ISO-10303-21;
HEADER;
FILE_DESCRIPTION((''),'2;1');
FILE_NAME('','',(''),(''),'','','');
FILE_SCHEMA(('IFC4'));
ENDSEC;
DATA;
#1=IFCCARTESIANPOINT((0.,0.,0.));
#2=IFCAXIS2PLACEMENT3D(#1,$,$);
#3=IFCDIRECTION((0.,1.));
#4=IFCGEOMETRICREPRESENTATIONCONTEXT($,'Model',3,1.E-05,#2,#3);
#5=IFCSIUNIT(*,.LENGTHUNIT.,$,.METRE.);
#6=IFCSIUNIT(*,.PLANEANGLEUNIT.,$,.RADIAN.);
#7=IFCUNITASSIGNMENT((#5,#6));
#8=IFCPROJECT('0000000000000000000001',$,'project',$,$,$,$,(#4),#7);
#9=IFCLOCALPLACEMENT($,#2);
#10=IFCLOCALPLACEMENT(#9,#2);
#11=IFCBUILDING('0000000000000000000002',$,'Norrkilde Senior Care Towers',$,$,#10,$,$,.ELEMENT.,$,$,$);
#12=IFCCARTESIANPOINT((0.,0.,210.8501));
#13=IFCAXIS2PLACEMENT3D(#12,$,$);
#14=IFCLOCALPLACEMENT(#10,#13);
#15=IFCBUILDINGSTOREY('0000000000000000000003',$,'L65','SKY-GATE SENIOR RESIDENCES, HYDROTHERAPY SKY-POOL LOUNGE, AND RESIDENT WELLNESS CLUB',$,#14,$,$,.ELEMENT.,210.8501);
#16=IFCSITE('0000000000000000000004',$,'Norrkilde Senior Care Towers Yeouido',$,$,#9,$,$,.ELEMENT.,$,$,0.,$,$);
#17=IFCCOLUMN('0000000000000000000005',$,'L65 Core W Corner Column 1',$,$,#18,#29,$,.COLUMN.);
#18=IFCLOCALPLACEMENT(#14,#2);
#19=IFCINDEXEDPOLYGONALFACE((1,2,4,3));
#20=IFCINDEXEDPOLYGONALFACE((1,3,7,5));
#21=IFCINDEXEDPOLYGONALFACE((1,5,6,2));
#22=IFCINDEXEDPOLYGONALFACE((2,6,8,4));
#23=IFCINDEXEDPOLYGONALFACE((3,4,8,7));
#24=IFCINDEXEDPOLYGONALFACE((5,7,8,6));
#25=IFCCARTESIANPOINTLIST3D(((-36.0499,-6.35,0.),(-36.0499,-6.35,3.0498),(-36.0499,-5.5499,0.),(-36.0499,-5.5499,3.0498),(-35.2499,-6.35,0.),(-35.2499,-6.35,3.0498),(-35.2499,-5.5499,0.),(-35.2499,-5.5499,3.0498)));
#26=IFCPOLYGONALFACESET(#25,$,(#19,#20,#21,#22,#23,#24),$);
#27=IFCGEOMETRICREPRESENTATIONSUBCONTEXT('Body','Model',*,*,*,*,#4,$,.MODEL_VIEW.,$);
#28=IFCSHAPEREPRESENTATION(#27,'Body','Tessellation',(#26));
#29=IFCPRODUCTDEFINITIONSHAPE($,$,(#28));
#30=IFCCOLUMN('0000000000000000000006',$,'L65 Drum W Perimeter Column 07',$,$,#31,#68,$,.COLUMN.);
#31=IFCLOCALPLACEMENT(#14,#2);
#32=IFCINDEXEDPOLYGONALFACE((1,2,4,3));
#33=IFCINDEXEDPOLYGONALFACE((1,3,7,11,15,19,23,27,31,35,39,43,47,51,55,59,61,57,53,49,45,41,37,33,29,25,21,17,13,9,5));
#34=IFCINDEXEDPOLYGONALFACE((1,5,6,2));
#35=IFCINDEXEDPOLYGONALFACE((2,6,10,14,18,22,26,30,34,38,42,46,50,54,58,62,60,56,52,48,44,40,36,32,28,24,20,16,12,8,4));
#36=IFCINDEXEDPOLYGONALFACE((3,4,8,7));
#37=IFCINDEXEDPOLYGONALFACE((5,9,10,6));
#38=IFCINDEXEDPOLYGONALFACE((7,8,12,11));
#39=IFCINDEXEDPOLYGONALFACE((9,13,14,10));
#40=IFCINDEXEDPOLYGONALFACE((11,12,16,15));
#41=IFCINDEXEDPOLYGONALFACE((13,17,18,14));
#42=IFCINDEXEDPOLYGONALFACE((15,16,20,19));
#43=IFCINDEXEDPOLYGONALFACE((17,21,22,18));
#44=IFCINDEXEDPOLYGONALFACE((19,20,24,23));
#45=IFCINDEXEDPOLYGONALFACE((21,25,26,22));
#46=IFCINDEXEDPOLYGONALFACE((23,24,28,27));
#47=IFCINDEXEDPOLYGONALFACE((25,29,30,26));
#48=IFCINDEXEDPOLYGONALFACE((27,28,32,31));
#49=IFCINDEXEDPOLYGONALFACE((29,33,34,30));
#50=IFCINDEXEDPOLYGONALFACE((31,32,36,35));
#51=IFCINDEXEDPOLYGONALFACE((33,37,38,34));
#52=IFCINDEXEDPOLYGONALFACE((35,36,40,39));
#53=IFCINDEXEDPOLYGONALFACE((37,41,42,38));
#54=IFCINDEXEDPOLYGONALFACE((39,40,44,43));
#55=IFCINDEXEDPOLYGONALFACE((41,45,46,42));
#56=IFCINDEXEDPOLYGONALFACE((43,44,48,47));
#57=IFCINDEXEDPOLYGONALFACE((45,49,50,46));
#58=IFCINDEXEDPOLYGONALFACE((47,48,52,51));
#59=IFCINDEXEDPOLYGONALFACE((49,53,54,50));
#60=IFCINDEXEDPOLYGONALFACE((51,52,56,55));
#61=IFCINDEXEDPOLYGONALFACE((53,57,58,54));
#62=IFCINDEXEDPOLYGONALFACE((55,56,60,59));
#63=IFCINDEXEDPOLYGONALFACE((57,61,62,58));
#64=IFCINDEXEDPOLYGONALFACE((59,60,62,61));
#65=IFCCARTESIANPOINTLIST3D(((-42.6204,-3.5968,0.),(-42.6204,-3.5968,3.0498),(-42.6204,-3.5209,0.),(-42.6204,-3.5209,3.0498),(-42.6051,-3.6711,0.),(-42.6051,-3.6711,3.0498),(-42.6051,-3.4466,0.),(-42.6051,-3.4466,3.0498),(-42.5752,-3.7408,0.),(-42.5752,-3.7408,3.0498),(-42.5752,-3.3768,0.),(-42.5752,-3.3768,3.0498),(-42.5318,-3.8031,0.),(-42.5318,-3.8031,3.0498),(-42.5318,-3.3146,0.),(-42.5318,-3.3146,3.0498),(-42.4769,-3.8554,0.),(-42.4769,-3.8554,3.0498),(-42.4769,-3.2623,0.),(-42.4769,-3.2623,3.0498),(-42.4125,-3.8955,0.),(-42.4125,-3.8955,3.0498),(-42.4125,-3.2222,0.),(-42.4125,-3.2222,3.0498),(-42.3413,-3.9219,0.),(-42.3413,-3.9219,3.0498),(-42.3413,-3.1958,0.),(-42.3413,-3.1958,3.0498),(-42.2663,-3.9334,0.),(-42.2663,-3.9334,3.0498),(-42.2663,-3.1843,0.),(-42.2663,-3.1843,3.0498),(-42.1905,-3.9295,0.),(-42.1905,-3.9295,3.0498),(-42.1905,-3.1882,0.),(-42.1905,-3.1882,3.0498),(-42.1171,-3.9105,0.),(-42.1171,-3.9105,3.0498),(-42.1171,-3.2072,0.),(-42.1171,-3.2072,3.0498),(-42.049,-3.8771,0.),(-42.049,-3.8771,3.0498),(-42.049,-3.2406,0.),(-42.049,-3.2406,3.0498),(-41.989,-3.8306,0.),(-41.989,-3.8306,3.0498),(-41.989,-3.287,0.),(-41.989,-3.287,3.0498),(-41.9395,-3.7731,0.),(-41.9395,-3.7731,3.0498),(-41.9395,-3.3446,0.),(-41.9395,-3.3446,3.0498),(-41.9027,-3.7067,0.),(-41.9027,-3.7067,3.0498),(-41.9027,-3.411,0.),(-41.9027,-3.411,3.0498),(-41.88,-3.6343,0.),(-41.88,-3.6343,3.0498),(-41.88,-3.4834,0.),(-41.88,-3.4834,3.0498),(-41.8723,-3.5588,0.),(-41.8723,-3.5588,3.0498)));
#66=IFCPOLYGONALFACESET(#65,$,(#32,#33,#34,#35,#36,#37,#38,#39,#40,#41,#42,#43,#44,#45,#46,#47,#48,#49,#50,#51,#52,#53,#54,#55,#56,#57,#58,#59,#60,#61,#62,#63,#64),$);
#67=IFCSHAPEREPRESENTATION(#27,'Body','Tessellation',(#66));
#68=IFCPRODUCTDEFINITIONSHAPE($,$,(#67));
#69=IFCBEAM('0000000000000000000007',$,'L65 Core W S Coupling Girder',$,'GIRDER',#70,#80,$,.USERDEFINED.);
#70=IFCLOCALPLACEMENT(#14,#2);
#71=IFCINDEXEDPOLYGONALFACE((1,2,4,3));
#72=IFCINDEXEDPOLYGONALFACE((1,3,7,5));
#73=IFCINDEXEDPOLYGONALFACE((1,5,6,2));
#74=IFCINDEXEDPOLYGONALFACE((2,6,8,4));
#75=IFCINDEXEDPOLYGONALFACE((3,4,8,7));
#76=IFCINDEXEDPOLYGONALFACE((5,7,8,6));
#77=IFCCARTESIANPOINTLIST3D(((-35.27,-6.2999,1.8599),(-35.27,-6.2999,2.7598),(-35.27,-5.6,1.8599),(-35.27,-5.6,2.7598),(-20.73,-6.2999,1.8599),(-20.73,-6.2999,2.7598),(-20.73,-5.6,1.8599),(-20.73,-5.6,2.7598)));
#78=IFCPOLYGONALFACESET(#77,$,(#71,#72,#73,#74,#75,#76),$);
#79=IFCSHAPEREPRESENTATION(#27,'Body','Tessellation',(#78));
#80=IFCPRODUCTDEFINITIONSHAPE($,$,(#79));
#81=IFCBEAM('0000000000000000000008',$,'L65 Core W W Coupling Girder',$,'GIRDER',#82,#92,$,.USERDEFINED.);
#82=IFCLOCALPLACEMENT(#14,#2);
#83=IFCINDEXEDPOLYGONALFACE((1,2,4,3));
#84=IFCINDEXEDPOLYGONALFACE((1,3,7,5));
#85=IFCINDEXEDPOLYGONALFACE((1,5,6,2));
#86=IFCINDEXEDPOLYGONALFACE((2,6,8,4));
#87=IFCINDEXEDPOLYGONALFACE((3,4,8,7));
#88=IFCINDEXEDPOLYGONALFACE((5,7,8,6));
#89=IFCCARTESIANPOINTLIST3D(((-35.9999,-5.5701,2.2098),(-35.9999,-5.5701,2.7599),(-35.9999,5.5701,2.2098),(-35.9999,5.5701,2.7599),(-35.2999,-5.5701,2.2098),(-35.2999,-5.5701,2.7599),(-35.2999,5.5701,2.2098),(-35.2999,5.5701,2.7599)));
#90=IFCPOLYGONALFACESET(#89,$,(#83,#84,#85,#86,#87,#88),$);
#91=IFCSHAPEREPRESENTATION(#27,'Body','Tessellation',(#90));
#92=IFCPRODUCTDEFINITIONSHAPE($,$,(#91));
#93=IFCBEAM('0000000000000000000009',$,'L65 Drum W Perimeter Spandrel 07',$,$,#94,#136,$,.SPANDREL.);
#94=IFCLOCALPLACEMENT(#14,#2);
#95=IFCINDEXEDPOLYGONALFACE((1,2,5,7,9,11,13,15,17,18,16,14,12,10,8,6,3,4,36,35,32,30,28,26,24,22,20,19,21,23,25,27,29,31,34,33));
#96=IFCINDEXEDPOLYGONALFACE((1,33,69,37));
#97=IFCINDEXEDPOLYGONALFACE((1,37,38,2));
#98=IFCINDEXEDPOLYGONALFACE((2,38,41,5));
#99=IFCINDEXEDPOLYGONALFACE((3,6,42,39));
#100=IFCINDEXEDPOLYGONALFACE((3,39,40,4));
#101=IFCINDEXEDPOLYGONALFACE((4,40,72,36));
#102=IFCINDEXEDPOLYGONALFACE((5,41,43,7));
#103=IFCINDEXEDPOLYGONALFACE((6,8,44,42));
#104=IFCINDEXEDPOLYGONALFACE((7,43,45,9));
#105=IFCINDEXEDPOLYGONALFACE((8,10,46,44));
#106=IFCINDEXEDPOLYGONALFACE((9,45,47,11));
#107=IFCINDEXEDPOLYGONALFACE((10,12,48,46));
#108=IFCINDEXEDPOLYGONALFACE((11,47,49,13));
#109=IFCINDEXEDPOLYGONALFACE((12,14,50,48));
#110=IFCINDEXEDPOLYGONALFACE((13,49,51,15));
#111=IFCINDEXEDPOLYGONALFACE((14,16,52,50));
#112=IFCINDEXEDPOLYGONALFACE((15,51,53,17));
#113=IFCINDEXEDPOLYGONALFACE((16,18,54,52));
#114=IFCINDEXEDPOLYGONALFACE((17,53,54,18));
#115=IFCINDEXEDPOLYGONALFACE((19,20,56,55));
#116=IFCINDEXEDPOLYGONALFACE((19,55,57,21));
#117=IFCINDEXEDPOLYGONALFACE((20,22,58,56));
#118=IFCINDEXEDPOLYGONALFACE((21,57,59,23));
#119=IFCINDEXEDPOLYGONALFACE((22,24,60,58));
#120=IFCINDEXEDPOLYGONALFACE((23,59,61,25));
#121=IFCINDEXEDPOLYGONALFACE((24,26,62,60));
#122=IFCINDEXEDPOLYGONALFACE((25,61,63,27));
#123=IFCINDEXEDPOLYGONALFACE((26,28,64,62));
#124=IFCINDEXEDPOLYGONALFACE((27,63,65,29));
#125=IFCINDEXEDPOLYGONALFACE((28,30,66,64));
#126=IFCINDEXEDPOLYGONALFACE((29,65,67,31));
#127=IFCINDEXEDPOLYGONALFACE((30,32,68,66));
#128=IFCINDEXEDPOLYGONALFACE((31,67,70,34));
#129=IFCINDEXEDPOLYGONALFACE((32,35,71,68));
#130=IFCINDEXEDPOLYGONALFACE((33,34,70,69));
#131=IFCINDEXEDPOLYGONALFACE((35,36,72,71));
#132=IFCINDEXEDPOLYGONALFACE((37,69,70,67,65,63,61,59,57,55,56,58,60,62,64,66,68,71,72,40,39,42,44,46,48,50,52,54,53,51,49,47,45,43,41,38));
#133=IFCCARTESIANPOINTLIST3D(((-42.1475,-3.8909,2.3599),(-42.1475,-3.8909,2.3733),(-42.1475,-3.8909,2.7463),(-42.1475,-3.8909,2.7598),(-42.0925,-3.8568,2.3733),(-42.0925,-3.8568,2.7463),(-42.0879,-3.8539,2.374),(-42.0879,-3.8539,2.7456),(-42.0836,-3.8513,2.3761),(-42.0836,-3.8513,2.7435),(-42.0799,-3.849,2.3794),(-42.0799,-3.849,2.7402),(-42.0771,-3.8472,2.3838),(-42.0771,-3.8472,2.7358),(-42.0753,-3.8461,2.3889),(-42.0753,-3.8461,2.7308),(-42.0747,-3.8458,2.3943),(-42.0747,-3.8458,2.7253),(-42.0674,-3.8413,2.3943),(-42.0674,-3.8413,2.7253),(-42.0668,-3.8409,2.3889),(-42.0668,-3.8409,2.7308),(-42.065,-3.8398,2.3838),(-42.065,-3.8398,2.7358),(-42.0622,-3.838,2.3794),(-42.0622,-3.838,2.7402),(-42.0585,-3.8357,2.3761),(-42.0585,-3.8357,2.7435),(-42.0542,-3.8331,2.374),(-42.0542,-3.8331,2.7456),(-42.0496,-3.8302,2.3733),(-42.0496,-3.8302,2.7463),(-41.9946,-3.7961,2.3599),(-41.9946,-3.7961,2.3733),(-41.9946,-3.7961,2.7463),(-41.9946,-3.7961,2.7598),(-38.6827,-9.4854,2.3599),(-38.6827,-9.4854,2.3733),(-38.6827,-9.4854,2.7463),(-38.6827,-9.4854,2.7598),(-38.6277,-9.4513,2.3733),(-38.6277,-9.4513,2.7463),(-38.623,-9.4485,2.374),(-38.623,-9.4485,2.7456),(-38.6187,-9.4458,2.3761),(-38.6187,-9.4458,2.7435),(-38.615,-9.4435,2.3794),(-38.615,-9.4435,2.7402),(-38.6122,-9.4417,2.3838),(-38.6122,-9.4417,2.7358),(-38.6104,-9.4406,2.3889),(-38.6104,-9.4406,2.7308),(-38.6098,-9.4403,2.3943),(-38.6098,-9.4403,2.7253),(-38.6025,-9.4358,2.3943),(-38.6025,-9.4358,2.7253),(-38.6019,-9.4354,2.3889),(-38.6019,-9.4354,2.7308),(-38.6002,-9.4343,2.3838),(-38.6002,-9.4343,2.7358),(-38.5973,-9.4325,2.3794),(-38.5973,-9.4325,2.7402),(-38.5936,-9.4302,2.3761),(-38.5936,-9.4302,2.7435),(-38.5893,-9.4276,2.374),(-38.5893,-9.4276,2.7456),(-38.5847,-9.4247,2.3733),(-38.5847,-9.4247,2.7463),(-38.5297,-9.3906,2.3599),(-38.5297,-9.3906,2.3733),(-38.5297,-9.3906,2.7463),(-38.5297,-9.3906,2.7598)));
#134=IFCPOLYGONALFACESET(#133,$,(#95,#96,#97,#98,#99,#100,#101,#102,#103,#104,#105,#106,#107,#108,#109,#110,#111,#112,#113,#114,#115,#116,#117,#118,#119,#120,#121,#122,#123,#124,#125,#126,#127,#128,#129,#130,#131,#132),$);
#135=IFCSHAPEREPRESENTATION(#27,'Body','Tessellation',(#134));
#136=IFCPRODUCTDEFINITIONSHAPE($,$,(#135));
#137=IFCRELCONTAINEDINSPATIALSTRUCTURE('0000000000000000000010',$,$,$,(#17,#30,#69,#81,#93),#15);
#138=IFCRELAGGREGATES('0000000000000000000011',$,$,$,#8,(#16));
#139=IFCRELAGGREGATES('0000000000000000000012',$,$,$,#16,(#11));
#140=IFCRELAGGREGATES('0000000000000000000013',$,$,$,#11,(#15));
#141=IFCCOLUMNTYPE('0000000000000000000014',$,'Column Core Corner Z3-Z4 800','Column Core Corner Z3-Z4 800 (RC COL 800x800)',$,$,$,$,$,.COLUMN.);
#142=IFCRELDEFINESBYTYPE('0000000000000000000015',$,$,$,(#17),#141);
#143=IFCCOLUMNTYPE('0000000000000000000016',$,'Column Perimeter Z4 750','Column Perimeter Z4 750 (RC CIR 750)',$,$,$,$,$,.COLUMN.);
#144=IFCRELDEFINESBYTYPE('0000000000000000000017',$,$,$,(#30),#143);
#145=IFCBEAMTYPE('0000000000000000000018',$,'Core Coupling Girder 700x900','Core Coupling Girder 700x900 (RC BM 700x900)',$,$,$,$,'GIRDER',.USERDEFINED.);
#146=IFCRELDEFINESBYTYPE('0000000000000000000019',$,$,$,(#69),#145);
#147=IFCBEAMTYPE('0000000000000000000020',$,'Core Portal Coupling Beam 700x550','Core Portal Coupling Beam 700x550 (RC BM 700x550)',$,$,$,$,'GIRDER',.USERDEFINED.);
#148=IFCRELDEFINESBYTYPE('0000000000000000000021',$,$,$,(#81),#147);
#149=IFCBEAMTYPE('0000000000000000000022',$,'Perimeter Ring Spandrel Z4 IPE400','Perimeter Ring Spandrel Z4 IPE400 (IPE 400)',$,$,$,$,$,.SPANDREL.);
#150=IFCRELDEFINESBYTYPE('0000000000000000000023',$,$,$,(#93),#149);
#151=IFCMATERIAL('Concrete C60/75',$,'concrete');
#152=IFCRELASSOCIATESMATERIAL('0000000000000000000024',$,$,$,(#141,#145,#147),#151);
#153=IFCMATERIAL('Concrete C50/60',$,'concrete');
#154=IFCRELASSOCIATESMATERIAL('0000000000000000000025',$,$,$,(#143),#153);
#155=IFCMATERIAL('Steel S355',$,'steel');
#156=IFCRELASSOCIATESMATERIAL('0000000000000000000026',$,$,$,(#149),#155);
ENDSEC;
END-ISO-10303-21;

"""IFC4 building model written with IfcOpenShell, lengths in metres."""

from ifc_helpers import new_model, si_unit, direction, frame, origin, origin_2d, place, context, subcontext, project, spatial, rectangle, circle, i_section, extrude, source, transform, mapped, material, material_profile, profile_set, type_object, type_shapes, element, save


model = new_model("IFC4")

# Units and contexts
model_context = context("Model", 3, precision=1e-05, world=origin(), true_north=direction((0.0, 1.0)))
body_context = subcontext(model_context, "Body", "Model", "MODEL_VIEW")
ifc_project = project(units=[si_unit("LENGTHUNIT", "METRE"), si_unit("PLANEANGLEUNIT", "RADIAN")], contexts=[model_context])

# Site, building, storey
site_placement = place(None, origin())
site = spatial("IfcSite", under=ifc_project, at=site_placement, Name="Norrkilde Senior Care Towers Yeouido", CompositionType="ELEMENT", RefElevation=0.0)
building_placement = place(site_placement, origin())
building = spatial("IfcBuilding", under=site, at=building_placement, Name="Norrkilde Senior Care Towers", CompositionType="ELEMENT")
storey_placement = place(building_placement, frame((0.0, 0.0, 210.8501)))
storey = spatial("IfcBuildingStorey", under=building, at=storey_placement, Name="L65", Description="SKY-GATE SENIOR RESIDENCES, HYDROTHERAPY SKY-POOL LOUNGE, AND RESIDENT WELLNESS CLUB", CompositionType="ELEMENT", Elevation=210.8501)

# Columns
ifc_material_1 = material(Name="Concrete C60/75", Category="concrete")
ifc_material_profile_1 = material_profile(ifc_material_1, rectangle(XDim=0.8, YDim=0.8, at=origin_2d()), Name="RC COL 800x800")
ifc_profile_set_1 = profile_set([ifc_material_profile_1], Name="Concrete C60/75")
column_type_1 = type_object("IfcColumnType", Name="Column Core Corner Z3-Z4 800", Description="Column Core Corner Z3-Z4 800 (RC COL 800x800)", PredefinedType="COLUMN", material=ifc_profile_set_1)
shared_shape_1 = source(origin(), body_context, "Body", "SweptSolid", [
    extrude(rectangle(XDim=0.8, YDim=0.8, at=origin_2d()), origin(), (0.0, 0.0, 1.0), 3.0498),
])
type_shapes(column_type_1, [shared_shape_1])
column_1_placement = place(storey_placement, frame((-35.6499, -5.95, 0.0), z_axis=(0.0, 0.0, 1.0), x_axis=(1.0, 0.0, 0.0)))
element("IfcColumn", 1, at=column_1_placement, inside=storey, type_object=column_type_1, Name="L65 Core W Corner Column 1", PredefinedType="COLUMN", context=body_context, shape_type="MappedRepresentation", body=[
    mapped(shared_shape_1, transform((0.0, 0.0, 0.0), x_axis=(1.0, 0.0, 0.0), y_axis=(0.0, 1.0, 0.0), z_axis=(0.0, 0.0, 1.0), scale=1.0)),
])
ifc_material_2 = material(Name="Concrete C50/60", Category="concrete")
ifc_material_profile_2 = material_profile(ifc_material_2, circle(Radius=0.375, at=origin_2d()), Name="RC CIR 750")
ifc_profile_set_2 = profile_set([ifc_material_profile_2], Name="Concrete C50/60")
column_type_2 = type_object("IfcColumnType", Name="Column Perimeter Z4 750", Description="Column Perimeter Z4 750 (RC CIR 750)", PredefinedType="COLUMN", material=ifc_profile_set_2)
shared_shape_2 = source(origin(), body_context, "Body", "SweptSolid", [
    extrude(circle(Radius=0.375, at=origin_2d()), origin(), (0.0, 0.0, 1.0), 3.0498),
])
type_shapes(column_type_2, [shared_shape_2])
column_2_placement = place(storey_placement, frame((-42.2473, -3.5588, 0.0), z_axis=(0.0, 0.0, 1.0), x_axis=(1.0, 0.0, 0.0)))
element("IfcColumn", 2, at=column_2_placement, inside=storey, type_object=column_type_2, Name="L65 Drum W Perimeter Column 07", PredefinedType="COLUMN", context=body_context, shape_type="MappedRepresentation", body=[
    mapped(shared_shape_2, transform((0.0, 0.0, 0.0), x_axis=(1.0, 0.0, 0.0), y_axis=(0.0, 1.0, 0.0), z_axis=(0.0, 0.0, 1.0), scale=1.0)),
])

# Beams
ifc_material_profile_3 = material_profile(ifc_material_1, rectangle(XDim=0.7, YDim=0.8999, at=origin_2d()), Name="RC BM 700x900")
ifc_profile_set_3 = profile_set([ifc_material_profile_3], Name="Concrete C60/75")
beam_type_1 = type_object("IfcBeamType", Name="Core Coupling Girder 700x900", Description="Core Coupling Girder 700x900 (RC BM 700x900)", ElementType="GIRDER", PredefinedType="USERDEFINED", material=ifc_profile_set_3)
shared_shape_3 = source(origin(), body_context, "Body", "SweptSolid", [
    extrude(rectangle(XDim=0.7, YDim=0.8999, at=origin_2d()), origin(), (0.0, 0.0, 1.0), 14.54),
])
type_shapes(beam_type_1, [shared_shape_3])
beam_1_placement = place(storey_placement, frame((-35.27, -5.95, 2.3098), z_axis=(1.0, 0.0, 0.0), x_axis=(0.0, 1.0, 0.0)))
element("IfcBeam", 3, at=beam_1_placement, inside=storey, type_object=beam_type_1, Name="L65 Core W S Coupling Girder", ObjectType="GIRDER", PredefinedType="USERDEFINED", context=body_context, shape_type="MappedRepresentation", body=[
    mapped(shared_shape_3, transform((0.0, 0.0, 0.0), x_axis=(1.0, 0.0, 0.0), y_axis=(0.0, 1.0, 0.0), z_axis=(0.0, 0.0, 1.0), scale=1.0)),
])
ifc_material_profile_4 = material_profile(ifc_material_1, rectangle(XDim=0.7, YDim=0.55, at=origin_2d()), Name="RC BM 700x550")
ifc_profile_set_4 = profile_set([ifc_material_profile_4], Name="Concrete C60/75")
beam_type_2 = type_object("IfcBeamType", Name="Core Portal Coupling Beam 700x550", Description="Core Portal Coupling Beam 700x550 (RC BM 700x550)", ElementType="GIRDER", PredefinedType="USERDEFINED", material=ifc_profile_set_4)
shared_shape_4 = source(origin(), body_context, "Body", "SweptSolid", [
    extrude(rectangle(XDim=0.7, YDim=0.55, at=origin_2d()), origin(), (0.0, 0.0, 1.0), 11.1401),
])
type_shapes(beam_type_2, [shared_shape_4])
beam_2_placement = place(storey_placement, frame((-35.6499, -5.5701, 2.4849), z_axis=(0.0, 1.0, 0.0), x_axis=(-1.0, 0.0, 0.0)))
element("IfcBeam", 4, at=beam_2_placement, inside=storey, type_object=beam_type_2, Name="L65 Core W W Coupling Girder", ObjectType="GIRDER", PredefinedType="USERDEFINED", context=body_context, shape_type="MappedRepresentation", body=[
    mapped(shared_shape_4, transform((0.0, 0.0, 0.0), x_axis=(1.0, 0.0, 0.0), y_axis=(0.0, 1.0, 0.0), z_axis=(0.0, 0.0, 1.0), scale=1.0)),
])
ifc_material_3 = material(Name="Steel S355", Category="steel")
ifc_material_profile_5 = material_profile(ifc_material_3, i_section(OverallWidth=0.1799, OverallDepth=0.3999, WebThickness=0.0085, FlangeThickness=0.0134, FilletRadius=0.021, at=origin_2d()), Name="IPE 400")
ifc_profile_set_5 = profile_set([ifc_material_profile_5], Name="Steel S355")
beam_type_3 = type_object("IfcBeamType", Name="Perimeter Ring Spandrel Z4 IPE400", Description="Perimeter Ring Spandrel Z4 IPE400 (IPE 400)", PredefinedType="SPANDREL", material=ifc_profile_set_5)
shared_shape_5 = source(origin(), body_context, "Body", "SweptSolid", [
    extrude(i_section(OverallWidth=0.1799, OverallDepth=0.3999, WebThickness=0.0085, FlangeThickness=0.0134, FilletRadius=0.021, at=origin_2d()), origin(), (0.0, 0.0, 1.0), 6.5806),
])
type_shapes(beam_type_3, [shared_shape_5])
beam_3_placement = place(storey_placement, frame((-42.071, -3.8435, 2.5598), z_axis=(0.52653, -0.850157, 0.0), x_axis=(0.850157, 0.52653, 0.0)))
element("IfcBeam", 5, at=beam_3_placement, inside=storey, type_object=beam_type_3, Name="L65 Drum W Perimeter Spandrel 07", PredefinedType="SPANDREL", context=body_context, shape_type="MappedRepresentation", body=[
    mapped(shared_shape_5, transform((0.0, 0.0, 0.0), x_axis=(1.0, 0.0, 0.0), y_axis=(0.0, 1.0, 0.0), z_axis=(0.0, 0.0, 1.0), scale=1.0)),
])

save(model, "model.ifc")
